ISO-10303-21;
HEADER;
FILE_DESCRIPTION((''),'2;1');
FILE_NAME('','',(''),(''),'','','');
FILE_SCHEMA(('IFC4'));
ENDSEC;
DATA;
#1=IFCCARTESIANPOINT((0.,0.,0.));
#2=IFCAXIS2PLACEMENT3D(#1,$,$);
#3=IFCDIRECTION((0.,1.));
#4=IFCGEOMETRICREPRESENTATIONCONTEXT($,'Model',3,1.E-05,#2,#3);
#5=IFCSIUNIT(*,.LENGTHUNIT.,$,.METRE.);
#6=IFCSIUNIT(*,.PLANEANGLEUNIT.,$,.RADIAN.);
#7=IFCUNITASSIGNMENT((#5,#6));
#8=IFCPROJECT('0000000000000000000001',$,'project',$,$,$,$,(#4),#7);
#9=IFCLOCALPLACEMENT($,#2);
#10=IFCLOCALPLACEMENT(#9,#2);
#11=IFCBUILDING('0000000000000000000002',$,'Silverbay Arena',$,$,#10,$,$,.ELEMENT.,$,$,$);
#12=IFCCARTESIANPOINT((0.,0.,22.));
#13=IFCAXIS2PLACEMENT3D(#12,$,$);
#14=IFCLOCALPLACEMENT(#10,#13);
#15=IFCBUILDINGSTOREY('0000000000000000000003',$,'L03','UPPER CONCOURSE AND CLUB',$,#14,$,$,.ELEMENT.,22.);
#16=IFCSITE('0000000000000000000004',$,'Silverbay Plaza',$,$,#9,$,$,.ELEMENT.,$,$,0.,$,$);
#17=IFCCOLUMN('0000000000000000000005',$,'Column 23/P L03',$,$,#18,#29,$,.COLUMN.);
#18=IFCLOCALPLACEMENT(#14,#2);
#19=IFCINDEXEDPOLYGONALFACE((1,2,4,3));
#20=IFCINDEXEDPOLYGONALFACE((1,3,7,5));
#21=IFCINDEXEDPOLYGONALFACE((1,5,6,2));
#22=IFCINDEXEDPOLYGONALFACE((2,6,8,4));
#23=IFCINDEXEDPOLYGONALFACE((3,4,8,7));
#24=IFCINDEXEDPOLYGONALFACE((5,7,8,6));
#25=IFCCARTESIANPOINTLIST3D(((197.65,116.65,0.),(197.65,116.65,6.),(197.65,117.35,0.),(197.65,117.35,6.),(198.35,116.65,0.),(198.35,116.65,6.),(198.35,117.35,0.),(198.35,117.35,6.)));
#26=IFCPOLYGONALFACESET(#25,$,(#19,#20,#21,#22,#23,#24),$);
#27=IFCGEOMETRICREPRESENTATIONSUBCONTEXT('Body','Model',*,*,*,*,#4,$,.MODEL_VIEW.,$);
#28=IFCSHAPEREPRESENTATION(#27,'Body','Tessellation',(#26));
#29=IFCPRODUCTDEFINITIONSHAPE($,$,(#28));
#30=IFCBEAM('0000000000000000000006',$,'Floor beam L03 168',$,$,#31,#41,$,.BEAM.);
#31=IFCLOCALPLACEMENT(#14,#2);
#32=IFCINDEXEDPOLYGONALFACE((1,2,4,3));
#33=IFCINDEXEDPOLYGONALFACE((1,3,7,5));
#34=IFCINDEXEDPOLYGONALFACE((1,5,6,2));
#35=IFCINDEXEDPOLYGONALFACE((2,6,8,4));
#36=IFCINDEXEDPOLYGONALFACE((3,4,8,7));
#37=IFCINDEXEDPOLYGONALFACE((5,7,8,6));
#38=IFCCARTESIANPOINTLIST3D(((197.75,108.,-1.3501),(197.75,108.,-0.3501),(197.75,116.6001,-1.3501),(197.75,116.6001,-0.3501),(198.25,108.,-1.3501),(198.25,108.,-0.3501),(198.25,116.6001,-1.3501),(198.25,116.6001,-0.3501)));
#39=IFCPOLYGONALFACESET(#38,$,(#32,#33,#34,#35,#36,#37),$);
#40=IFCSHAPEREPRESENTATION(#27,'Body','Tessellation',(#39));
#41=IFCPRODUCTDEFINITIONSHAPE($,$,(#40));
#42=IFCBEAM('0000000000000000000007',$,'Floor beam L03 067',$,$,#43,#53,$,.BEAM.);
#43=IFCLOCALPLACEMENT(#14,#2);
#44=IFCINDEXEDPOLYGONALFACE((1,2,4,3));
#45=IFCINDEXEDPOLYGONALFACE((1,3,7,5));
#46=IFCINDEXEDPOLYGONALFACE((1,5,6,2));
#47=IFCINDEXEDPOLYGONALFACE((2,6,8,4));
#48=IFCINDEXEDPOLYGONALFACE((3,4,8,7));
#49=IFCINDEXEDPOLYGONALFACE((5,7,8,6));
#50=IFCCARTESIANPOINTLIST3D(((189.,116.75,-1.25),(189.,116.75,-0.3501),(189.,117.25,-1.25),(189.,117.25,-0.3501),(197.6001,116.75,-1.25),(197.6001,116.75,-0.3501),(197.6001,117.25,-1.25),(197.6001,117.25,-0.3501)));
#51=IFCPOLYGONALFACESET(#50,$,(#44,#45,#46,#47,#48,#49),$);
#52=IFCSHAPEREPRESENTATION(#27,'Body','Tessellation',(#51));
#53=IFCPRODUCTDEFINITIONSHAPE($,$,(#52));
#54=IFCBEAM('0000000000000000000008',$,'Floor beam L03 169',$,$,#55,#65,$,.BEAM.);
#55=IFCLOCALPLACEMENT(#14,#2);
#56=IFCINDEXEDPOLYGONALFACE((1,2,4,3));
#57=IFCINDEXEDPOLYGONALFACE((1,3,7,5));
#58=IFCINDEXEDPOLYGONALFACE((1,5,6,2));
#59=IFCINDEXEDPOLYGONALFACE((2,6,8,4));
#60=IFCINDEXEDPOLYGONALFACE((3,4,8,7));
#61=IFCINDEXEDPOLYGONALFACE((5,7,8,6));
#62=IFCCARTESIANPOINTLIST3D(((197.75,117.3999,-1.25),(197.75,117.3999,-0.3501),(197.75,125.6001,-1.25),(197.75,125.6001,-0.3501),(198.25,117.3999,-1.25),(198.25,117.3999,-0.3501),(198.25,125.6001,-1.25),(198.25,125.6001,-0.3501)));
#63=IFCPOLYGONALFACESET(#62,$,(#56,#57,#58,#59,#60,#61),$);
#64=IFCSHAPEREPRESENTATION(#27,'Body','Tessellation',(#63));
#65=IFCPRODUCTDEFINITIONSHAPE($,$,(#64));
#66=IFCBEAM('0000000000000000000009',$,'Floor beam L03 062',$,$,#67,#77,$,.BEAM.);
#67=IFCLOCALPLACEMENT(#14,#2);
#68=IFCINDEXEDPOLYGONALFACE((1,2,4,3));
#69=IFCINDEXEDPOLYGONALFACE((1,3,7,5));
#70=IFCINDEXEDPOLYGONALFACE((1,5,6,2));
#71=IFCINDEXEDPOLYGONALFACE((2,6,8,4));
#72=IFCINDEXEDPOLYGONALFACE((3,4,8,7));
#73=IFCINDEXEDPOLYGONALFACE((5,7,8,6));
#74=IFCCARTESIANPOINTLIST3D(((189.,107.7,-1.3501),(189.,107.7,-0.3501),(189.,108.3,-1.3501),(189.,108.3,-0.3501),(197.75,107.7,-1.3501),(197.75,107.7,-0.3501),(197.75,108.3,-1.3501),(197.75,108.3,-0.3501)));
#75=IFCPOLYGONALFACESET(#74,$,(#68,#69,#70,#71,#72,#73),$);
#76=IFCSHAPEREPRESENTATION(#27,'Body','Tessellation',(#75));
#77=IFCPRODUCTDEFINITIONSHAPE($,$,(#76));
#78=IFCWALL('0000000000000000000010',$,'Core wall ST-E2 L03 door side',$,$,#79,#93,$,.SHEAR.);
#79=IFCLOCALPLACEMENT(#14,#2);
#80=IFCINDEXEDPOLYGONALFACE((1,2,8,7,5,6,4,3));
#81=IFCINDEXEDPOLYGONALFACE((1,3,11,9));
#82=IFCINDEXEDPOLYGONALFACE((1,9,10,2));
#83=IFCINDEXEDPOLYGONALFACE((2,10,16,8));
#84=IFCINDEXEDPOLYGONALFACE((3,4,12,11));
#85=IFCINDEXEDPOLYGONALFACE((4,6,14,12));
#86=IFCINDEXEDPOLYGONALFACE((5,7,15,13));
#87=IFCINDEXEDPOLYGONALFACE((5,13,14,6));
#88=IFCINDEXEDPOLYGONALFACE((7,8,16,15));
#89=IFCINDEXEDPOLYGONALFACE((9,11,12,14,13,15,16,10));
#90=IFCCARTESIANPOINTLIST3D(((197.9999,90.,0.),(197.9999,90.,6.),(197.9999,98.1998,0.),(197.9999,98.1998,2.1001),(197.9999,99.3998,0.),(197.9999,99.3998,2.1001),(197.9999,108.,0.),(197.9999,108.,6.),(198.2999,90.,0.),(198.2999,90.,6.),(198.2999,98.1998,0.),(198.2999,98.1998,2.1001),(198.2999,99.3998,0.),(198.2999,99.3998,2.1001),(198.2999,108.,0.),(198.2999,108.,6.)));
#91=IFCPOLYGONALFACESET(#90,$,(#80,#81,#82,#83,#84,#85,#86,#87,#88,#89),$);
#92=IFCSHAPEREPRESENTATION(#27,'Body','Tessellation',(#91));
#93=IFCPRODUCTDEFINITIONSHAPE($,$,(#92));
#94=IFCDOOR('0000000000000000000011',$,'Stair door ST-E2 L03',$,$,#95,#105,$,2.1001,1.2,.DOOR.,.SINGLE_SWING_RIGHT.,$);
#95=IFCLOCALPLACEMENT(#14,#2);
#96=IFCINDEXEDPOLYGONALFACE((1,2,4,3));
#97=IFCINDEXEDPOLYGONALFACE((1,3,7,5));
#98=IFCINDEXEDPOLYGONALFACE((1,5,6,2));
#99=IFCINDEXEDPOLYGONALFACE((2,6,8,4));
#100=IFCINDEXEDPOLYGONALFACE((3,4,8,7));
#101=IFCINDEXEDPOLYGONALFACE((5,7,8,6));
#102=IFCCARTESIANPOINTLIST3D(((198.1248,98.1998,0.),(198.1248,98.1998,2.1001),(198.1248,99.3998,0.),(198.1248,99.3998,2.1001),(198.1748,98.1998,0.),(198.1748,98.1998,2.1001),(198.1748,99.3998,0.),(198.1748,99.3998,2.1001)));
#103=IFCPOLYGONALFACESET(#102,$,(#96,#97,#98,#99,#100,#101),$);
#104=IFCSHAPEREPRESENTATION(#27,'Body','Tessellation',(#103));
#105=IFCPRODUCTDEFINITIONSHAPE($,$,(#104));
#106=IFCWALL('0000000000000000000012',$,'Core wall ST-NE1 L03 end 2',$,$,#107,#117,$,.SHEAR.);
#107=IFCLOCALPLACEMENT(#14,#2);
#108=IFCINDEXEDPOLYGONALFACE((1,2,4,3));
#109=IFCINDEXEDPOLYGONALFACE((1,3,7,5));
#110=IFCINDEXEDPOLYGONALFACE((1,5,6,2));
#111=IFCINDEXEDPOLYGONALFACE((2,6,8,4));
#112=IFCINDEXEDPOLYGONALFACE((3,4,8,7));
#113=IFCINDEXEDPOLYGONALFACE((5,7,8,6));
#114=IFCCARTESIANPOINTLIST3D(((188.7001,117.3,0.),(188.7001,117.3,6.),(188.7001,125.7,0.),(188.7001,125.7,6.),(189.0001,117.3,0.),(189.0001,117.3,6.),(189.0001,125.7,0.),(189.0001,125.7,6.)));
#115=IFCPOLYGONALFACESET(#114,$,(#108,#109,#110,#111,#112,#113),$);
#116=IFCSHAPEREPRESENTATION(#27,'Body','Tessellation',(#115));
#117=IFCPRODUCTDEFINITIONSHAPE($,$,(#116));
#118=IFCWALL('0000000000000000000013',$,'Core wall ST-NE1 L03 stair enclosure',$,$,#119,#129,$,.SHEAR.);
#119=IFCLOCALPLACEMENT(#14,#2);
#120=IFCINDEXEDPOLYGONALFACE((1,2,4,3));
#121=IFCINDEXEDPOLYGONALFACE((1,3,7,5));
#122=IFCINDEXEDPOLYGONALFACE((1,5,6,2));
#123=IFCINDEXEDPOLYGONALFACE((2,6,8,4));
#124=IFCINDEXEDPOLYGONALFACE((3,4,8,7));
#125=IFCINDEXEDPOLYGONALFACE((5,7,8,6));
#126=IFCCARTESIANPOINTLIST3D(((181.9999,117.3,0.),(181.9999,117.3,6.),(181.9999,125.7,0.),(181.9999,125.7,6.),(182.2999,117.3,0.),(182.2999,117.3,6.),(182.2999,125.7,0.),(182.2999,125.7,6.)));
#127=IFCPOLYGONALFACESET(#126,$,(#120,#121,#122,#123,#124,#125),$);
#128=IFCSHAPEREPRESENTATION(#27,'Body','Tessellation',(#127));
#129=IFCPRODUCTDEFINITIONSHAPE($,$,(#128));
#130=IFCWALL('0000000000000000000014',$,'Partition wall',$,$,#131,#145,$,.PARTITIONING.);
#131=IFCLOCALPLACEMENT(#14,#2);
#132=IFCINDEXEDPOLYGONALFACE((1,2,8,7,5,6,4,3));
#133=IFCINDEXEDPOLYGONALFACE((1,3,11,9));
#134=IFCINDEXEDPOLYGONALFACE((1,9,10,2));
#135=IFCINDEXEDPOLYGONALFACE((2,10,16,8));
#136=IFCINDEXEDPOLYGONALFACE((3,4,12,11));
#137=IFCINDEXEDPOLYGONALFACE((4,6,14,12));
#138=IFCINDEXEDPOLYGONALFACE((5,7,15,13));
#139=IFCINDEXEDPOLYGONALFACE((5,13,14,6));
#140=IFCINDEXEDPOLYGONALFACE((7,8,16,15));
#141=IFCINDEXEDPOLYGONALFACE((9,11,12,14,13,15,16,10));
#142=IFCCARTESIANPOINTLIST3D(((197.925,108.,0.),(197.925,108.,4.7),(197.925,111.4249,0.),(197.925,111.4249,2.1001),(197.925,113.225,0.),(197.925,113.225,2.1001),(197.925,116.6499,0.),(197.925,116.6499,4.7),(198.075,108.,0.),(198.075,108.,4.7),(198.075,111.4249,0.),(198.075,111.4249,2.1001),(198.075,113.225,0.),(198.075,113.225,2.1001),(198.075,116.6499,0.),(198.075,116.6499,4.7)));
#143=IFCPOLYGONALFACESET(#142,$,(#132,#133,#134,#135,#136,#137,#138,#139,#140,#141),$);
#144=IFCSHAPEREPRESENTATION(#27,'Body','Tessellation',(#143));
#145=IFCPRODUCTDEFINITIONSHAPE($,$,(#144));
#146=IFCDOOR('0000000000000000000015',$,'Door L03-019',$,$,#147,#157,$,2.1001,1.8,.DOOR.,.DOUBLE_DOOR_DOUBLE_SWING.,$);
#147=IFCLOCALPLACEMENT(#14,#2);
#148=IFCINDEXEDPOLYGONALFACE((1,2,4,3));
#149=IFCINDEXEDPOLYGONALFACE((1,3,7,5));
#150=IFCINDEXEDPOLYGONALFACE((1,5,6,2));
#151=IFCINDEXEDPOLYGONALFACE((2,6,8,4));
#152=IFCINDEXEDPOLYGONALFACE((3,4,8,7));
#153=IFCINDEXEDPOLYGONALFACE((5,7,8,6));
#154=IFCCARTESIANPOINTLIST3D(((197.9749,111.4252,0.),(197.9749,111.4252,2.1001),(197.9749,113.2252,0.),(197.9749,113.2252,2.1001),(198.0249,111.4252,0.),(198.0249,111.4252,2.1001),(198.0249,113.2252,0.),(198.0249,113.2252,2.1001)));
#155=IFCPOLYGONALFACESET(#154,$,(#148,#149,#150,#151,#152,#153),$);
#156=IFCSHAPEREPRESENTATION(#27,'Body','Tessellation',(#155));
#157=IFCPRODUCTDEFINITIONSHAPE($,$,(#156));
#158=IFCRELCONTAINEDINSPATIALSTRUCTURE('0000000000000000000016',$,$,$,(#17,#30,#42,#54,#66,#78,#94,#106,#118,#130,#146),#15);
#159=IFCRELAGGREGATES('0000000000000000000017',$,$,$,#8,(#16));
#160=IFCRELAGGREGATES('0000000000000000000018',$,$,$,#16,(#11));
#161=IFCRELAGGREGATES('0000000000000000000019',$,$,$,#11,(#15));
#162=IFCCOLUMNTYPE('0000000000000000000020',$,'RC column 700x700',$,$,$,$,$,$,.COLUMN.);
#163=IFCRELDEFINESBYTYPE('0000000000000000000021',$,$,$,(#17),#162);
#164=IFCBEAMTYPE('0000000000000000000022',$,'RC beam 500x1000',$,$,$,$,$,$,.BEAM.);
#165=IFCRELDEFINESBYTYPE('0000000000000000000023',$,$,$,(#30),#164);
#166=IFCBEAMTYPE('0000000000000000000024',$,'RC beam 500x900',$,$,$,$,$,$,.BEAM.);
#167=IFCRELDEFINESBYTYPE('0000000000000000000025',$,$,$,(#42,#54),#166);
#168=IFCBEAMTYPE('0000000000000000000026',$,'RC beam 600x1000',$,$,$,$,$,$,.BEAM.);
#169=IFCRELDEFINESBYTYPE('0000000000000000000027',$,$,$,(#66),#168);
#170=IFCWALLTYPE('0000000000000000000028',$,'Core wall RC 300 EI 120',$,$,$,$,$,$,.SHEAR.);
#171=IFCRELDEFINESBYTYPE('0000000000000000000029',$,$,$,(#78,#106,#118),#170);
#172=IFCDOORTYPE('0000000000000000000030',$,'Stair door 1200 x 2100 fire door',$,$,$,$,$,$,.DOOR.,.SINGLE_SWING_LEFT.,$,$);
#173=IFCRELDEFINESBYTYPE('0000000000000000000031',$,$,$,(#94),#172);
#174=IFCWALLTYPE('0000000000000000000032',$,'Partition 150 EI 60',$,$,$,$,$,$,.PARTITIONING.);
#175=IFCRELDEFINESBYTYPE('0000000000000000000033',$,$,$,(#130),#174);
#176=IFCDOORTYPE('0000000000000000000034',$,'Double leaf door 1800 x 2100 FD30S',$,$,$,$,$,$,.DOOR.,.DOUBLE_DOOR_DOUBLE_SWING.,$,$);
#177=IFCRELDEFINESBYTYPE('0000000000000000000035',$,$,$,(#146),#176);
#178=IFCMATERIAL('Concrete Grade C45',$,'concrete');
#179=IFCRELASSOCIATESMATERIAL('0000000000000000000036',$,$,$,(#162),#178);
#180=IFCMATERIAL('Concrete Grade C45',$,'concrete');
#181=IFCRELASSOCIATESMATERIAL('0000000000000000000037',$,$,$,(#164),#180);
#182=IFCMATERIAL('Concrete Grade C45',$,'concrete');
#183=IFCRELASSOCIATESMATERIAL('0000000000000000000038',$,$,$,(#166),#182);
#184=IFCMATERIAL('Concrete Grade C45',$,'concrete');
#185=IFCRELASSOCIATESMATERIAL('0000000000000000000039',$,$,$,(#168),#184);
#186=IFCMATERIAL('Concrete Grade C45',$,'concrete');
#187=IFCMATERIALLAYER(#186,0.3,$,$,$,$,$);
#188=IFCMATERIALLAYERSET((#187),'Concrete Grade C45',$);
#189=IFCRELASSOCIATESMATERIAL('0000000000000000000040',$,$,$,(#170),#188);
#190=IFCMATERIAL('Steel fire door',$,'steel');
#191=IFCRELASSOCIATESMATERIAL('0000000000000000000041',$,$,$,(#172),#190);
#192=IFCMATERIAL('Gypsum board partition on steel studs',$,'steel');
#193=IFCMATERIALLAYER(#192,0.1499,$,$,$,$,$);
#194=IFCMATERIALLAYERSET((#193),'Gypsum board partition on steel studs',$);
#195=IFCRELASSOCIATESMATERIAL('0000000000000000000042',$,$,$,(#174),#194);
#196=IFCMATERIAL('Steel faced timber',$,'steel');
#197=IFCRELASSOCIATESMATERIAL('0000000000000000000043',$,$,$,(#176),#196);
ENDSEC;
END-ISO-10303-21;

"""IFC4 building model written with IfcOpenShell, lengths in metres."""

from ifc_helpers import new_model, si_unit, direction, frame, frame_2d, origin, origin_2d, place, context, subcontext, project, spatial, rectangle, extrude, material, layer, layer_set, material_profile, profile_set, type_object, element, fill, save


model = new_model("IFC4")

# Units and contexts
model_context = context("Model", 3, precision=1e-05, world=origin(), true_north=direction((0.0, 1.0)))
body_context = subcontext(model_context, "Body", "Model", "MODEL_VIEW")
ifc_project = project(units=[si_unit("LENGTHUNIT", "METRE"), si_unit("PLANEANGLEUNIT", "RADIAN")], contexts=[model_context])

# Site, building, storey
site_placement = place(None, origin())
site = spatial("IfcSite", under=ifc_project, at=site_placement, Name="Silverbay Plaza", CompositionType="ELEMENT", RefElevation=0.0)
building_placement = place(site_placement, origin())
building = spatial("IfcBuilding", under=site, at=building_placement, Name="Silverbay Arena", CompositionType="ELEMENT")
storey_placement = place(building_placement, frame((0.0, 0.0, 22.0)))
storey = spatial("IfcBuildingStorey", under=building, at=storey_placement, Name="L03", Description="UPPER CONCOURSE AND CLUB", CompositionType="ELEMENT", Elevation=22.0)

# Column
ifc_material_1 = material(Name="Concrete Grade C45", Category="concrete")
ifc_material_profile_1 = material_profile(ifc_material_1, rectangle(XDim=0.7, YDim=0.7, at=origin_2d()), Name="RC 700x700")
ifc_profile_set_1 = profile_set([ifc_material_profile_1], Name="Concrete Grade C45")
column_type = type_object("IfcColumnType", Name="RC column 700x700", PredefinedType="COLUMN", material=ifc_profile_set_1)
column_placement = place(storey_placement, frame((198.0, 117.0, 0.0), z_axis=(0.0, 0.0, 1.0), x_axis=(1.0, 0.0, 0.0)))
element("IfcColumn", 1, at=column_placement, inside=storey, type_object=column_type, Name="Column 23/P L03", PredefinedType="COLUMN", context=body_context, shape_type="SweptSolid", body=[
    extrude(rectangle(XDim=0.7, YDim=0.7, at=origin_2d()), origin(), (0.0, 0.0, 1.0), 6.0),
])

# Beams
ifc_material_2 = material(Name="Concrete Grade C45", Category="concrete")
ifc_material_profile_2 = material_profile(ifc_material_2, rectangle(XDim=0.5, YDim=1.0, at=origin_2d()), Name="RC 500x1000")
ifc_profile_set_2 = profile_set([ifc_material_profile_2], Name="Concrete Grade C45")
beam_type_1 = type_object("IfcBeamType", Name="RC beam 500x1000", PredefinedType="BEAM", material=ifc_profile_set_2)
beam_1_placement = place(storey_placement, frame((198.0, 108.0, -0.8501), z_axis=(0.0, 1.0, 0.0), x_axis=(-1.0, 0.0, 0.0)))
element("IfcBeam", 2, at=beam_1_placement, inside=storey, type_object=beam_type_1, Name="Floor beam L03 168", PredefinedType="BEAM", context=body_context, shape_type="SweptSolid", body=[
    extrude(rectangle(XDim=0.5, YDim=1.0, at=origin_2d()), origin(), (0.0, 0.0, 1.0), 8.6001),
])
ifc_material_3 = material(Name="Concrete Grade C45", Category="concrete")
ifc_material_profile_3 = material_profile(ifc_material_3, rectangle(XDim=0.5, YDim=0.8999, at=origin_2d()), Name="RC 500x900")
ifc_profile_set_3 = profile_set([ifc_material_profile_3], Name="Concrete Grade C45")
beam_type_2 = type_object("IfcBeamType", Name="RC beam 500x900", PredefinedType="BEAM", material=ifc_profile_set_3)
beam_2_placement = place(storey_placement, frame((189.0, 117.0, -0.8), z_axis=(1.0, 0.0, 0.0), x_axis=(0.0, 1.0, 0.0)))
element("IfcBeam", 3, at=beam_2_placement, inside=storey, type_object=beam_type_2, Name="Floor beam L03 067", PredefinedType="BEAM", context=body_context, shape_type="SweptSolid", body=[
    extrude(rectangle(XDim=0.5, YDim=0.8999, at=origin_2d()), origin(), (0.0, 0.0, 1.0), 8.6001),
])
beam_3_placement = place(storey_placement, frame((198.0, 117.3999, -0.8), z_axis=(0.0, 1.0, 0.0), x_axis=(-1.0, 0.0, 0.0)))
element("IfcBeam", 4, at=beam_3_placement, inside=storey, type_object=beam_type_2, Name="Floor beam L03 169", PredefinedType="BEAM", context=body_context, shape_type="SweptSolid", body=[
    extrude(rectangle(XDim=0.5, YDim=0.8999, at=origin_2d()), origin(), (0.0, 0.0, 1.0), 8.2002),
])
ifc_material_4 = material(Name="Concrete Grade C45", Category="concrete")
ifc_material_profile_4 = material_profile(ifc_material_4, rectangle(XDim=0.6001, YDim=1.0, at=origin_2d()), Name="RC 600x1000")
ifc_profile_set_4 = profile_set([ifc_material_profile_4], Name="Concrete Grade C45")
beam_type_3 = type_object("IfcBeamType", Name="RC beam 600x1000", PredefinedType="BEAM", material=ifc_profile_set_4)
beam_4_placement = place(storey_placement, frame((189.0, 108.0, -0.8501), z_axis=(1.0, 0.0, 0.0), x_axis=(0.0, 1.0, 0.0)))
element("IfcBeam", 5, at=beam_4_placement, inside=storey, type_object=beam_type_3, Name="Floor beam L03 062", PredefinedType="BEAM", context=body_context, shape_type="SweptSolid", body=[
    extrude(rectangle(XDim=0.6001, YDim=1.0, at=origin_2d()), origin(), (0.0, 0.0, 1.0), 8.75),
])

# Wall, opening, door
ifc_material_5 = material(Name="Concrete Grade C45", Category="concrete")
ifc_layer_1 = layer(ifc_material_5, 0.3)
ifc_layer_set_1 = layer_set([ifc_layer_1], Name="Concrete Grade C45")
wall_type_1 = type_object("IfcWallType", Name="Core wall RC 300 EI 120", PredefinedType="SHEAR", material=ifc_layer_set_1)
wall_1_placement = place(storey_placement, frame((198.1499, 108.0, 0.0), z_axis=(0.0, 0.0, 1.0), x_axis=(0.0, -1.0, 0.0)))
wall_1 = element("IfcWall", 6, at=wall_1_placement, inside=storey, type_object=wall_type_1, Name="Core wall ST-E2 L03 door side", PredefinedType="SHEAR", context=body_context, shape_type="SweptSolid", body=[
    extrude(rectangle(XDim=18.0, YDim=0.3, at=frame_2d((9.0, 0.0))), origin(), (0.0, 0.0, 1.0), 6.0),
])
opening_1_placement = place(wall_1_placement, frame((8.6001, 0.0, 0.0)))
opening_1 = element("IfcOpeningElement", 7, at=opening_1_placement, cuts=wall_1, PredefinedType="OPENING", context=body_context, shape_type="SweptSolid", body=[
    extrude(rectangle(XDim=1.2, YDim=2.1001, at=frame_2d((0.6001, 1.05))), frame((0.0, 0.1602, 0.0), z_axis=(0.0, -1.0, 0.0), x_axis=(1.0, 0.0, 0.0)), (0.0, 0.0, 1.0), 0.3201),
])
ifc_material_6 = material(Name="Steel fire door", Category="steel")
door_type_1 = type_object("IfcDoorType", Name="Stair door 1200 x 2100 fire door", OperationType="SINGLE_SWING_LEFT", PredefinedType="DOOR", material=ifc_material_6)
door_1_placement = place(opening_1_placement, origin())
door_1 = element("IfcDoor", 8, at=door_1_placement, inside=storey, type_object=door_type_1, Name="Stair door ST-E2 L03", OperationType="SINGLE_SWING_RIGHT", OverallHeight=2.1001, OverallWidth=1.2, PredefinedType="DOOR", context=body_context, shape_type="SweptSolid", body=[
    extrude(rectangle(XDim=1.2, YDim=2.1001, at=frame_2d((0.6001, 1.05))), frame((0.0, 0.0249, 0.0), z_axis=(0.0, -1.0, 0.0), x_axis=(1.0, 0.0, 0.0)), (0.0, 0.0, 1.0), 0.05),
])
fill(opening_1, door_1)

# Walls
for number, where, z_axis, x_axis, name in (
    (9, (188.8501, 117.3, 0.0), (0.0, 0.0, 1.0), (0.0, 1.0, 0.0), "Core wall ST-NE1 L03 end 2"),
    (10, (182.1499, 117.3, 0.0), (0.0, 0.0, 1.0), (0.0, 1.0, 0.0), "Core wall ST-NE1 L03 stair enclosure"),
):
    element("IfcWall", number, at=place(storey_placement, frame(where, z_axis=z_axis, x_axis=x_axis)), inside=storey, type_object=wall_type_1, Name=name, PredefinedType="SHEAR", context=body_context, shape_type="SweptSolid", body=[
        extrude(rectangle(XDim=8.3999, YDim=0.3, at=frame_2d((4.2, 0.0))), origin(), (0.0, 0.0, 1.0), 6.0),
    ])

# Wall, opening, door
ifc_material_7 = material(Name="Gypsum board partition on steel studs", Category="steel")
ifc_layer_2 = layer(ifc_material_7, 0.1499)
ifc_layer_set_2 = layer_set([ifc_layer_2], Name="Gypsum board partition on steel studs")
wall_type_2 = type_object("IfcWallType", Name="Partition 150 EI 60", PredefinedType="PARTITIONING", material=ifc_layer_set_2)
wall_2_placement = place(storey_placement, frame((198.0, 108.0, 0.0), z_axis=(0.0, 0.0, 1.0), x_axis=(0.0, 1.0, 0.0)))
wall_2 = element("IfcWall", 11, at=wall_2_placement, inside=storey, type_object=wall_type_2, Name="Partition wall", PredefinedType="PARTITIONING", context=body_context, shape_type="SweptSolid", body=[
    extrude(rectangle(XDim=8.6499, YDim=0.1499, at=frame_2d((4.325, 0.0))), origin(), (0.0, 0.0, 1.0), 4.7),
])
opening_2_placement = place(wall_2_placement, frame((3.425, 0.0, 0.0)))
opening_2 = element("IfcOpeningElement", 12, at=opening_2_placement, cuts=wall_2, PredefinedType="OPENING", context=body_context, shape_type="SweptSolid", body=[
    extrude(rectangle(XDim=1.8, YDim=2.1001, at=frame_2d((0.8999, 1.05))), frame((0.0, 0.085, 0.0), z_axis=(0.0, -1.0, 0.0), x_axis=(1.0, 0.0, 0.0)), (0.0, 0.0, 1.0), 0.1699),
])
ifc_material_8 = material(Name="Steel faced timber", Category="steel")
door_type_2 = type_object("IfcDoorType", Name="Double leaf door 1800 x 2100 FD30S", OperationType="DOUBLE_DOOR_DOUBLE_SWING", PredefinedType="DOOR", material=ifc_material_8)
door_2_placement = place(opening_2_placement, frame((1.8, 0.0, 0.0), z_axis=(0.0, 0.0, 1.0), x_axis=(-1.0, 0.0, 0.0)))
door_2 = element("IfcDoor", 13, at=door_2_placement, inside=storey, type_object=door_type_2, Name="Door L03-019", OperationType="DOUBLE_DOOR_DOUBLE_SWING", OverallHeight=2.1001, OverallWidth=1.8, PredefinedType="DOOR", context=body_context, shape_type="SweptSolid", body=[
    extrude(rectangle(XDim=1.8, YDim=2.1001, at=frame_2d((0.8999, 1.05))), frame((0.0, 0.0249, 0.0), z_axis=(0.0, -1.0, 0.0), x_axis=(1.0, 0.0, 0.0)), (0.0, 0.0, 1.0), 0.05),
])
fill(opening_2, door_2)

save(model, "model.ifc")
